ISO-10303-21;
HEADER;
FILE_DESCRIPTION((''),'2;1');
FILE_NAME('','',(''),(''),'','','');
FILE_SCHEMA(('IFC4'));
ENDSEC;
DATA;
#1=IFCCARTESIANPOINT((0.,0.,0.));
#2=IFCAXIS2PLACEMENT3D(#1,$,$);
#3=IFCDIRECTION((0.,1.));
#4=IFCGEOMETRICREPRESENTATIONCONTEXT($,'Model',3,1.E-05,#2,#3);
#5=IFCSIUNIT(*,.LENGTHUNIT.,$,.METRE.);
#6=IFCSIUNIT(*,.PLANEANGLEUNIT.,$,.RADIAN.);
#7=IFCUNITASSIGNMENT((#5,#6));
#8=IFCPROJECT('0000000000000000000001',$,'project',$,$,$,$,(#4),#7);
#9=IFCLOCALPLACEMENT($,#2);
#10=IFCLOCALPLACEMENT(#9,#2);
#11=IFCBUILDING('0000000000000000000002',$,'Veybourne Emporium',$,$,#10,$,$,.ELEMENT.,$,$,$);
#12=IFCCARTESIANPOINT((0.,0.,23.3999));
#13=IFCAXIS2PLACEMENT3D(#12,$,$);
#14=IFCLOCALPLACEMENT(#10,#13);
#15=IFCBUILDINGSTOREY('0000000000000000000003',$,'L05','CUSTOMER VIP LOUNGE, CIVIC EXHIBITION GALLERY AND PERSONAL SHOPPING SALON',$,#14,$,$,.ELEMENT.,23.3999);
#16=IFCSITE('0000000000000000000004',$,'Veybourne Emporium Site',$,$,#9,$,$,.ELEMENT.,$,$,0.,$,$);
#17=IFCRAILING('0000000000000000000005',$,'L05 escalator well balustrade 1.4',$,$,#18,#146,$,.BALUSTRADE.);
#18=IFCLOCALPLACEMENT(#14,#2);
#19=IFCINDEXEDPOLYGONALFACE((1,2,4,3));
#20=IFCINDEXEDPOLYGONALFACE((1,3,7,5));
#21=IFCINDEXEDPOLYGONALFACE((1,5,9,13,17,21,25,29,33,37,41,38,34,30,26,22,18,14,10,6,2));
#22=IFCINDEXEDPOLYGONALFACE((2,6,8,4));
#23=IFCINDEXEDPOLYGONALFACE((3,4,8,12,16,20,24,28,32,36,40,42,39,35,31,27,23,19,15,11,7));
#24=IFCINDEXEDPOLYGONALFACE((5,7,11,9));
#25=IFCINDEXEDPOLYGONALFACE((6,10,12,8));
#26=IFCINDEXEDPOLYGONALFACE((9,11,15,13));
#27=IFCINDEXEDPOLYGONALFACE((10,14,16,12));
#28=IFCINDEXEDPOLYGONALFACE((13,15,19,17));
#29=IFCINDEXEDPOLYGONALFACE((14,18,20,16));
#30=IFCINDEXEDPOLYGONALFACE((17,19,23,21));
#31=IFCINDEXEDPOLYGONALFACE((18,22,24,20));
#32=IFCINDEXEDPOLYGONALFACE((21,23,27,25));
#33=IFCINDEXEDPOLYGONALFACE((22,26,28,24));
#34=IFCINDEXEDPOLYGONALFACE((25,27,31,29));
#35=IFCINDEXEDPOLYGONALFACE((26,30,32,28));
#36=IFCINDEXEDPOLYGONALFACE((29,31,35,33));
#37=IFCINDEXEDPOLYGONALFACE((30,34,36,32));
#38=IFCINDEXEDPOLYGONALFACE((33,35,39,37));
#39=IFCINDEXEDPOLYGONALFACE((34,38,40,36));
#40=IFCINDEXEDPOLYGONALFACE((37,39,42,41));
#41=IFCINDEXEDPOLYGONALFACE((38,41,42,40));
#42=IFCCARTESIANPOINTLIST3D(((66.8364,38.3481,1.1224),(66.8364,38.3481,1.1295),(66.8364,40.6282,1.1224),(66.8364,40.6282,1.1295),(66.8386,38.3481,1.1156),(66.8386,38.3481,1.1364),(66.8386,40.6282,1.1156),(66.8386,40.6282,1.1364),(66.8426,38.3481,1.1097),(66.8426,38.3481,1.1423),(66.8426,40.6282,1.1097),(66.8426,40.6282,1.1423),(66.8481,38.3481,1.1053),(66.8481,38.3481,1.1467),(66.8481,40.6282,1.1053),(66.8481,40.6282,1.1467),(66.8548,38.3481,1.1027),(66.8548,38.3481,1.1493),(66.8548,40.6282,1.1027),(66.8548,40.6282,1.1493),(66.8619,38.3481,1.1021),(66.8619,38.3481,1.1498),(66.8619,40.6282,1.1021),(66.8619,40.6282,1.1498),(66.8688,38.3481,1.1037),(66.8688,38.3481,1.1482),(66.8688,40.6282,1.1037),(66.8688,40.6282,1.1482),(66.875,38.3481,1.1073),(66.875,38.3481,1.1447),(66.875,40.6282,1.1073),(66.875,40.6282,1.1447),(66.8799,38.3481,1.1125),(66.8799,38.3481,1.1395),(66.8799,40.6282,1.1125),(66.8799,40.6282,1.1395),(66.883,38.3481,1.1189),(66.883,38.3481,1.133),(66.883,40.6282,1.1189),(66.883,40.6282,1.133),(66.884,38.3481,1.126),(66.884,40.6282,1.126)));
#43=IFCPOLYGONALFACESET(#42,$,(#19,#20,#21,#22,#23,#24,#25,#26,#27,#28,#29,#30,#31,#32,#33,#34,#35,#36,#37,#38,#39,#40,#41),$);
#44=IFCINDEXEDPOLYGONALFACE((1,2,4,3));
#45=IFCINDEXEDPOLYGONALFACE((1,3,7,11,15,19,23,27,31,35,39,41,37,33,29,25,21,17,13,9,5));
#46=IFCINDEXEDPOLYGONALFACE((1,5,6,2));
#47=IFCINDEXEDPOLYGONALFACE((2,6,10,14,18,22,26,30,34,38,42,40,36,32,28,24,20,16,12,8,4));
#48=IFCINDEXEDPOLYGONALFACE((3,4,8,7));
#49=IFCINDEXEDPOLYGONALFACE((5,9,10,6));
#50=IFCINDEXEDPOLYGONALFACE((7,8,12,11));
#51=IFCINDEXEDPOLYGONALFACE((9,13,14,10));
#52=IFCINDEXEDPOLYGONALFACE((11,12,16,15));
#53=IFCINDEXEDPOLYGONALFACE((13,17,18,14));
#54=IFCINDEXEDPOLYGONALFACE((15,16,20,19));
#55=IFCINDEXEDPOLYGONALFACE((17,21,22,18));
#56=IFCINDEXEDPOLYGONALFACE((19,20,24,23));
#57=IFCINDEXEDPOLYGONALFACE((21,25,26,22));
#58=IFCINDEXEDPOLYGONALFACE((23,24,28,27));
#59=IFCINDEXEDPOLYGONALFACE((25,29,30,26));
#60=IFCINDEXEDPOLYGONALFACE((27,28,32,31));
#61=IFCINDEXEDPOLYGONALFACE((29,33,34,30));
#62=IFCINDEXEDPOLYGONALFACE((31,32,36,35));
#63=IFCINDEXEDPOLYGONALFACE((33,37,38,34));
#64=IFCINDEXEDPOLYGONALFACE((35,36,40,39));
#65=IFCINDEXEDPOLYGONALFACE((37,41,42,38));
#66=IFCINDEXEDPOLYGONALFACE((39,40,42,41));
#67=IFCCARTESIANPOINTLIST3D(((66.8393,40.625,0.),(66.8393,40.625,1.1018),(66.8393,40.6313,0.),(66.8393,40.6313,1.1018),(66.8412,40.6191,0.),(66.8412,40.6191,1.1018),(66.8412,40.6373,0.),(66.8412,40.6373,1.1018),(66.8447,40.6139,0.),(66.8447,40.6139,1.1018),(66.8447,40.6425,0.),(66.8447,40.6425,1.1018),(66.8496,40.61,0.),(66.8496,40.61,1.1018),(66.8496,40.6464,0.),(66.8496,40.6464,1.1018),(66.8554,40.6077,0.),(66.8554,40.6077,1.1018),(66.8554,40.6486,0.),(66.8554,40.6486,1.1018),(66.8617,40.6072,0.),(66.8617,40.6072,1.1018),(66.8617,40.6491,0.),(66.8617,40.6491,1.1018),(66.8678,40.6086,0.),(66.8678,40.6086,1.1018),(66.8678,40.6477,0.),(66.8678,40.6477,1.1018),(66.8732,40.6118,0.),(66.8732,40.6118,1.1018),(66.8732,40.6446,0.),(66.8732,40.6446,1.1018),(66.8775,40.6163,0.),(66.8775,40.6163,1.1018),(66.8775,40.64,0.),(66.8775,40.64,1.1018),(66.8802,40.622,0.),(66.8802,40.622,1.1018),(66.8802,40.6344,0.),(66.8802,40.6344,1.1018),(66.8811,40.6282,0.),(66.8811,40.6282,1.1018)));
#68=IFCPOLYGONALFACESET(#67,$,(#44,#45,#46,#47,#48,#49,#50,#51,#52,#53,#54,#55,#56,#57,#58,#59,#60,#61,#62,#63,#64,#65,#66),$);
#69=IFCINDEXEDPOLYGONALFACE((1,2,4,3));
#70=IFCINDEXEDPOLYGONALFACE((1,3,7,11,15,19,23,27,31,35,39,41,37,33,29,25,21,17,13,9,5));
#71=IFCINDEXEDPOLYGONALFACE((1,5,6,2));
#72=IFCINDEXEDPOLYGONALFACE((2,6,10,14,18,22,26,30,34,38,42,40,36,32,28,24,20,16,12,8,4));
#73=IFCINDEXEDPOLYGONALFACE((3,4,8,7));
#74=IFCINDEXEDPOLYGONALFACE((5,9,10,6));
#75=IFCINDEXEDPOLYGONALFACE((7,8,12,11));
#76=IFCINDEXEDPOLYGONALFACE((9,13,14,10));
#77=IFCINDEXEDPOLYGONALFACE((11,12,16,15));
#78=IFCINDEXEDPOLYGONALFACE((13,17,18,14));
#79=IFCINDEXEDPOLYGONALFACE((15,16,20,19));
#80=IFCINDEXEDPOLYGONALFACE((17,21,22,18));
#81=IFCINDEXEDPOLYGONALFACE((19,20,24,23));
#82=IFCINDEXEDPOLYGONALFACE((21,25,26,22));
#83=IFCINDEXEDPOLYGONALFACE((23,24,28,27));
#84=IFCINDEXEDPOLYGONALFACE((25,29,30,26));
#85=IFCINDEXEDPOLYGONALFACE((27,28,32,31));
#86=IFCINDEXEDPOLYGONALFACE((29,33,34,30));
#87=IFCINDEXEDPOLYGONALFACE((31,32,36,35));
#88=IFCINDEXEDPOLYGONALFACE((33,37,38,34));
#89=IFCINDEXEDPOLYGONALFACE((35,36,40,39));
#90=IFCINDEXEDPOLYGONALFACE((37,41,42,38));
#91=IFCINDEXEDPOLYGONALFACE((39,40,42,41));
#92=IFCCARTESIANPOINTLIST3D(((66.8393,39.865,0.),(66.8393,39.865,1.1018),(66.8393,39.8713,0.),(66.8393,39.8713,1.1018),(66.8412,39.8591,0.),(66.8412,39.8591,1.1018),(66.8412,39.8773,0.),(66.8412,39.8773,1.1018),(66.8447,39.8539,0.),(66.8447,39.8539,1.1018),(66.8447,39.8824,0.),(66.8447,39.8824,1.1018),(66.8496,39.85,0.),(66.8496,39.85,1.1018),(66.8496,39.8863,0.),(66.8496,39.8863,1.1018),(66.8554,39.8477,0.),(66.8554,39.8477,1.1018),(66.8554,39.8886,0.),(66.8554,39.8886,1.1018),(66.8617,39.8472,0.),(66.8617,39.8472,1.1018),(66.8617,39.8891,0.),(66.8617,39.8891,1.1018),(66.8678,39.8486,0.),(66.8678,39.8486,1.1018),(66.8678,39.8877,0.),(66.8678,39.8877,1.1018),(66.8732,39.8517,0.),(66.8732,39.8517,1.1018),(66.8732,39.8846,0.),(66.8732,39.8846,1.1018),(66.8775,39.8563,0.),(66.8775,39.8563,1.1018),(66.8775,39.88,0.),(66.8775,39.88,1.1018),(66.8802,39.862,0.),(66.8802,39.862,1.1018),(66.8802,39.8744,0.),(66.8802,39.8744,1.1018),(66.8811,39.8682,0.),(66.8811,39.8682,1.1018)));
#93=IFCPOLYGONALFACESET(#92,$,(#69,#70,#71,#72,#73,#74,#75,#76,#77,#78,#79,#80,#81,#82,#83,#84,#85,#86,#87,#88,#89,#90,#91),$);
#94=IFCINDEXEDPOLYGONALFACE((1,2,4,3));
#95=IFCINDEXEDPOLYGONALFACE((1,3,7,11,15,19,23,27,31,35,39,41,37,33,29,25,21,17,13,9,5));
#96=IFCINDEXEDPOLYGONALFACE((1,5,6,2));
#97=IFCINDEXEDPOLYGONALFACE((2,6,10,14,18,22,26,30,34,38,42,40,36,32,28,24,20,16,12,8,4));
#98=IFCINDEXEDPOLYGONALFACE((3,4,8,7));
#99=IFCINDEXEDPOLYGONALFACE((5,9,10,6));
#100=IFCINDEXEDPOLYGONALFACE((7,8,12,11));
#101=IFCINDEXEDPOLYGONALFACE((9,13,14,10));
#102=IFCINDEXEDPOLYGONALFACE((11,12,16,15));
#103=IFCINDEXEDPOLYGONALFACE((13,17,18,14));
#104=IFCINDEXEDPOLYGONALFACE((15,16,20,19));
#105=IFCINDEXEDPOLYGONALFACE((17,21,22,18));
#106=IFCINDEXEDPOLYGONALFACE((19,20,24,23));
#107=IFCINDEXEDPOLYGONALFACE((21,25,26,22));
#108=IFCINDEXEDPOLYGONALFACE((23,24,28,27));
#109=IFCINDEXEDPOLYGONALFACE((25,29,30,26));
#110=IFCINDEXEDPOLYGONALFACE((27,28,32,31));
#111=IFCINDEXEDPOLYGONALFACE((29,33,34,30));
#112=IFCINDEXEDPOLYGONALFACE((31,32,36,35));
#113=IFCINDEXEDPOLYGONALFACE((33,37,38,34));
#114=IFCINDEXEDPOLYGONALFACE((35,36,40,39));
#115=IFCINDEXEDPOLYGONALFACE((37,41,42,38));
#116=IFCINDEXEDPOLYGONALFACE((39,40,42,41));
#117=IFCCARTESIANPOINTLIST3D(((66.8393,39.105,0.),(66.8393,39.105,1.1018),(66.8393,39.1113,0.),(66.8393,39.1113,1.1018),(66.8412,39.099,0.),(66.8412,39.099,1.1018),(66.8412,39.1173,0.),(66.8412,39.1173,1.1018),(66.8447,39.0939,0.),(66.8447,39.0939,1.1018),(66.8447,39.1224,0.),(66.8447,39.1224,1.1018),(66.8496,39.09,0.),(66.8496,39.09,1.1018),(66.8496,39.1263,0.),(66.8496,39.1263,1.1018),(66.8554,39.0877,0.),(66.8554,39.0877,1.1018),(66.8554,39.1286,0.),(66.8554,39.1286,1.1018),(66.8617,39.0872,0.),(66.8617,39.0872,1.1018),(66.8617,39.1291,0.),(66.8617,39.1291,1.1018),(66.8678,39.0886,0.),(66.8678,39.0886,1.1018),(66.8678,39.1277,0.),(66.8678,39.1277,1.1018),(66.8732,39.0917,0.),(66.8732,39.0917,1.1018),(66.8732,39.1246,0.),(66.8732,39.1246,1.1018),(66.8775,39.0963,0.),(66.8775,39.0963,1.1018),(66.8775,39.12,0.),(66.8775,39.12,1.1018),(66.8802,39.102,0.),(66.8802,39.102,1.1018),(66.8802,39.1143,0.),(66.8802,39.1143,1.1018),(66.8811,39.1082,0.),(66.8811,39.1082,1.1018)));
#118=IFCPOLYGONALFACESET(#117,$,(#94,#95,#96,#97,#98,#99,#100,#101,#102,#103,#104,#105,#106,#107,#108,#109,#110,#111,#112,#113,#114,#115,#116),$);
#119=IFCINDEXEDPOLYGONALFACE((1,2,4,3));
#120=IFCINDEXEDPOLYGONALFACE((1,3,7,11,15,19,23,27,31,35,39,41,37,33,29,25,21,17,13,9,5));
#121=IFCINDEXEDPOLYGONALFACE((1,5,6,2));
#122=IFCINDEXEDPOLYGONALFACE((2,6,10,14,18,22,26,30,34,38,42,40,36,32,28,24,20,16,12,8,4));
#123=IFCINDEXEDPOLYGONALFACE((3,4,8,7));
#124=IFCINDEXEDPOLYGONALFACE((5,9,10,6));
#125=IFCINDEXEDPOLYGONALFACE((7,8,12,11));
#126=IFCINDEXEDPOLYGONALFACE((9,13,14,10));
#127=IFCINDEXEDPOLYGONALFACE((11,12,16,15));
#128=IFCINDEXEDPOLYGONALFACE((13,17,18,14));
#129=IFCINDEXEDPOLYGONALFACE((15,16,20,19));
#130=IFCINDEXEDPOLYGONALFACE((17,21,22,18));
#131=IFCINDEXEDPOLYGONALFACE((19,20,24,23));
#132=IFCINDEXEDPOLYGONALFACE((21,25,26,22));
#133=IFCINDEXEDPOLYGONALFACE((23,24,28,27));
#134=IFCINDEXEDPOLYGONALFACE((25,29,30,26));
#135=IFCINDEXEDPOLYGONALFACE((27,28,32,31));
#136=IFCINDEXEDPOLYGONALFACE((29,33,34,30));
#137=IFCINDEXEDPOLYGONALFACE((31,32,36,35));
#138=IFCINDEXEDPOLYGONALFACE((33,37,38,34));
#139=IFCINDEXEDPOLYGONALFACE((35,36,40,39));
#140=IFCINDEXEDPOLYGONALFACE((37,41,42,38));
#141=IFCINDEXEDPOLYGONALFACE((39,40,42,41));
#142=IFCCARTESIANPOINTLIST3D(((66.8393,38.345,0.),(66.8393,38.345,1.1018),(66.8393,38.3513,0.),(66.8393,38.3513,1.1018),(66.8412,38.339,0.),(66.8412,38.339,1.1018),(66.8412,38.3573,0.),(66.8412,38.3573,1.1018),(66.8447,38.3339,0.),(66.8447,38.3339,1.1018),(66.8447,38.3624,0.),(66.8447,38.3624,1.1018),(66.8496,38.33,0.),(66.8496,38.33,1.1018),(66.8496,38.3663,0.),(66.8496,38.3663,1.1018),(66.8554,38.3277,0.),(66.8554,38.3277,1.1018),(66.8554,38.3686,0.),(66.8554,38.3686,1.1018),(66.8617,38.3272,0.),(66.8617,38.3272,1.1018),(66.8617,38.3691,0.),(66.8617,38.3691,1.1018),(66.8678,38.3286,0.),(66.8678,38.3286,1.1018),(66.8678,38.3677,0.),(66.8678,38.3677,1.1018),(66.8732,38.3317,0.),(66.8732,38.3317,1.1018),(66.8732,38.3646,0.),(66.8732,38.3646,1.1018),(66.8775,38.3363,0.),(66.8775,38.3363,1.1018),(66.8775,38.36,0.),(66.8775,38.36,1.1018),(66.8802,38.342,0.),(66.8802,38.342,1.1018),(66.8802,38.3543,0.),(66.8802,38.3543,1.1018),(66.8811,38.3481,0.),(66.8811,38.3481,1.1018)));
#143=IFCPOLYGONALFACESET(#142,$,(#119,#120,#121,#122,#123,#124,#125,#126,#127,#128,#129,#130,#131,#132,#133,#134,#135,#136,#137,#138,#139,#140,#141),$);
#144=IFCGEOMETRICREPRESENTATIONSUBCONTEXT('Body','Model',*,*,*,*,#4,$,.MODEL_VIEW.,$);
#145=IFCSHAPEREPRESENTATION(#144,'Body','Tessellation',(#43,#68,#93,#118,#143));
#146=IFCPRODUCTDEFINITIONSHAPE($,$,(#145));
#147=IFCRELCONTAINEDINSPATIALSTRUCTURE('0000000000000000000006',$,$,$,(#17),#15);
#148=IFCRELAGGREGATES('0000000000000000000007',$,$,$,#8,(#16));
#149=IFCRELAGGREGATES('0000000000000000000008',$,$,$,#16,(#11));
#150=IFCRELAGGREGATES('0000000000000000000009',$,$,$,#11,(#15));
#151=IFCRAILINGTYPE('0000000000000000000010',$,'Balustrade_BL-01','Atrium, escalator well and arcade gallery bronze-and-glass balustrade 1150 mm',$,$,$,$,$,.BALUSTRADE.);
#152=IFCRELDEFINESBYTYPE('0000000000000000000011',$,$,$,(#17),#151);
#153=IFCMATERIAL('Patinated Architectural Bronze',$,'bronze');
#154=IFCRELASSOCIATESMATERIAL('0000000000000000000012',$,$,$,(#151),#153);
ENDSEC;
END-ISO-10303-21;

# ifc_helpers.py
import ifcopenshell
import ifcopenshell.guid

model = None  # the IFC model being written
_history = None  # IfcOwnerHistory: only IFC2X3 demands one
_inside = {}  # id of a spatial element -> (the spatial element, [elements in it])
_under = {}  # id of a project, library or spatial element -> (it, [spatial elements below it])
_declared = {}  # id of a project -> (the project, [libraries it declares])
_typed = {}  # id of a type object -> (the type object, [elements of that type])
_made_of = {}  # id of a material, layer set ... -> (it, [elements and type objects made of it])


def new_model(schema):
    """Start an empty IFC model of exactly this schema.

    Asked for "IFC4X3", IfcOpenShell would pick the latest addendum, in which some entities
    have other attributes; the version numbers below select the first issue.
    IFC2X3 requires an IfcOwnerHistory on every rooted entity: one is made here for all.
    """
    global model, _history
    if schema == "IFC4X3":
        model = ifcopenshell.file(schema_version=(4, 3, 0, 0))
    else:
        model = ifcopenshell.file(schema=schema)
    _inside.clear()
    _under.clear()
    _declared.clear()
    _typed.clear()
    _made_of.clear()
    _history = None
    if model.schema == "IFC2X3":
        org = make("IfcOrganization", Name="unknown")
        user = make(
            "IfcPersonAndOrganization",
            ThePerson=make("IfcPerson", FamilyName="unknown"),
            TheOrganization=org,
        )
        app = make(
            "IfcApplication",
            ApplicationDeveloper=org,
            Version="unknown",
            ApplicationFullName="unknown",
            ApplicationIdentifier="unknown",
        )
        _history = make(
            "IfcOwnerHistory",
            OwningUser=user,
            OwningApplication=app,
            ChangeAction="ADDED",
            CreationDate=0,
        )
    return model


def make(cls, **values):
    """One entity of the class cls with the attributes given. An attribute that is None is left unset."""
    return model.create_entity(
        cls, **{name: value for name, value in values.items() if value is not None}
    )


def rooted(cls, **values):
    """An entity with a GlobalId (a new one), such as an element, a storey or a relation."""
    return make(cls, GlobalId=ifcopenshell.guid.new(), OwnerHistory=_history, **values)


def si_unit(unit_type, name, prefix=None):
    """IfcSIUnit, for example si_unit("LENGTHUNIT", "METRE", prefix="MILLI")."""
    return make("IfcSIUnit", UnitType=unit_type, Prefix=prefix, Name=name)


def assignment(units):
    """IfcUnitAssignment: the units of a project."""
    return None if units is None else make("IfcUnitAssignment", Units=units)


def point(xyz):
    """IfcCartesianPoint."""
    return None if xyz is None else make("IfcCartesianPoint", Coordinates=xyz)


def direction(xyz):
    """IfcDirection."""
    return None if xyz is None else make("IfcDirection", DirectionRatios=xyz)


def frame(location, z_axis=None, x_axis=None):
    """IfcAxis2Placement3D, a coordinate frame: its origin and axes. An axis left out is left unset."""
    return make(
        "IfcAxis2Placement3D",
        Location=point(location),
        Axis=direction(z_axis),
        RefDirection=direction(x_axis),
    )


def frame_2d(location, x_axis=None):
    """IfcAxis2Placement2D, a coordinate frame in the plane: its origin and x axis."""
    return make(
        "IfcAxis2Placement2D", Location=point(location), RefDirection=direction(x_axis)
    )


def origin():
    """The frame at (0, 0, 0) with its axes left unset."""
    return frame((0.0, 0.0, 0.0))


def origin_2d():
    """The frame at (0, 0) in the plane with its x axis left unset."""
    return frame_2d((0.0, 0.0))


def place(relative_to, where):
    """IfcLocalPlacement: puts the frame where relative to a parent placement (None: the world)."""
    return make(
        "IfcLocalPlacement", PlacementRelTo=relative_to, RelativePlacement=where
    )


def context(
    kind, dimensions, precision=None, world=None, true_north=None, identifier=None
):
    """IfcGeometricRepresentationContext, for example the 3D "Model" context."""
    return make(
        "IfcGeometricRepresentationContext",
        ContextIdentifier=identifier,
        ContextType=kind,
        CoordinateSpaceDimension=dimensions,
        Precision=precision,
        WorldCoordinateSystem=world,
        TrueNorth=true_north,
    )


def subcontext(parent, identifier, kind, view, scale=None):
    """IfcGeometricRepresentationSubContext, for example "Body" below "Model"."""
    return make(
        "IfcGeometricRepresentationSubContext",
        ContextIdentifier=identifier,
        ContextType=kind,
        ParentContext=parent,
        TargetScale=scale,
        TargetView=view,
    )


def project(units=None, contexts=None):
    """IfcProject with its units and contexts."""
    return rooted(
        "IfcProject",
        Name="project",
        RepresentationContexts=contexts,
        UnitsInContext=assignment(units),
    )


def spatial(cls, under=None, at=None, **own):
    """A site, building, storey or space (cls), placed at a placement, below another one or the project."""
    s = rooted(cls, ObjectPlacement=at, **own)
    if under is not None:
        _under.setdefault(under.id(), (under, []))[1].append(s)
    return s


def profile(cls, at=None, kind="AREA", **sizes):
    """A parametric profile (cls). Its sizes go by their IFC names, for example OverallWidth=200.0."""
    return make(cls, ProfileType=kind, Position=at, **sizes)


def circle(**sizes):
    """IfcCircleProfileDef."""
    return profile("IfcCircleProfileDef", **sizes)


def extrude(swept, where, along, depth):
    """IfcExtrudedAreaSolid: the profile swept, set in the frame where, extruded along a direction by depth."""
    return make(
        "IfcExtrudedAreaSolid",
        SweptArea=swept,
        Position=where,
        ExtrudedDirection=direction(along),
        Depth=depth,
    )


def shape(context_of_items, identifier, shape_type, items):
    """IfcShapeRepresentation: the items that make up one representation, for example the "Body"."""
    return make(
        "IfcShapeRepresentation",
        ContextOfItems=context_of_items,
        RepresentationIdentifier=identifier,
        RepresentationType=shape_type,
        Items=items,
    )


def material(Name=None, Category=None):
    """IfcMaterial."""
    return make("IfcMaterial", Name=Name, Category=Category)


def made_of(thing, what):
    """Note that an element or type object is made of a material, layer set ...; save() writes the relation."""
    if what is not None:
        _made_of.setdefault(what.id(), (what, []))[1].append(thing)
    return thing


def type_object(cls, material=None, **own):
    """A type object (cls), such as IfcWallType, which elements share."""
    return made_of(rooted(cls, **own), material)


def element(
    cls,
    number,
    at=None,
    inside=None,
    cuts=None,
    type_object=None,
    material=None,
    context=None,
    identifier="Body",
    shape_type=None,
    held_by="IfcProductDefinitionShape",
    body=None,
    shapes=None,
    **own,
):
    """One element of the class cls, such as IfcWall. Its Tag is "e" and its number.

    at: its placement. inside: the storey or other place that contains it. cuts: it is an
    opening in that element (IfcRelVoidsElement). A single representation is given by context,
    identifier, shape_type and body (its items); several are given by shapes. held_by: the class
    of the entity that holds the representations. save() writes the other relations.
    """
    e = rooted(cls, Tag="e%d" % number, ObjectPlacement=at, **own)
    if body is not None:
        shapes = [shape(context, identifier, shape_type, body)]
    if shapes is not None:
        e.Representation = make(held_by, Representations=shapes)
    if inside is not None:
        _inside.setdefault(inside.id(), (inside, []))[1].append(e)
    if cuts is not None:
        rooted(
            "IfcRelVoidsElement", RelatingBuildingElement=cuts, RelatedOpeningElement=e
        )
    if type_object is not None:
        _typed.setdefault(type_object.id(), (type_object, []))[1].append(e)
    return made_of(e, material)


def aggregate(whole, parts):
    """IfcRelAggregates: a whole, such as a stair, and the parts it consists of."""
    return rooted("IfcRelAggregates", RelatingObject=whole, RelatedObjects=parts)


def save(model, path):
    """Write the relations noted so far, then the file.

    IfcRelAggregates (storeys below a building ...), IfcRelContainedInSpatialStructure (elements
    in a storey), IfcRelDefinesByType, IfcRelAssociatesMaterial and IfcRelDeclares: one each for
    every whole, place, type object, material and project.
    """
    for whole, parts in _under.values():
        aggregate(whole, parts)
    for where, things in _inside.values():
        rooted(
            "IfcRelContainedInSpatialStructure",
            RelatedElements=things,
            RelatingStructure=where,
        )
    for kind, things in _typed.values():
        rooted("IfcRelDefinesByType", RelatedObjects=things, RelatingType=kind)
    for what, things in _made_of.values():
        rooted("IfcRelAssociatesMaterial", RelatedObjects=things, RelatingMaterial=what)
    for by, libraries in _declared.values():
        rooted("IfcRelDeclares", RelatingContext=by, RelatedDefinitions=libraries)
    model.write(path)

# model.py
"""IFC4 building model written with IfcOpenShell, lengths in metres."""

from ifc_helpers import new_model, si_unit, direction, frame, origin, origin_2d, place, context, subcontext, project, spatial, circle, extrude, material, type_object, element, save


model = new_model("IFC4")

# Units and contexts
model_context = context("Model", 3, precision=1e-05, world=origin(), true_north=direction((0.0, 1.0)))
body_context = subcontext(model_context, "Body", "Model", "MODEL_VIEW")
ifc_project = project(units=[si_unit("LENGTHUNIT", "METRE"), si_unit("PLANEANGLEUNIT", "RADIAN")], contexts=[model_context])

# Site, building, storey
site_placement = place(None, origin())
site = spatial("IfcSite", under=ifc_project, at=site_placement, Name="Veybourne Emporium Site", CompositionType="ELEMENT", RefElevation=0.0)
building_placement = place(site_placement, origin())
building = spatial("IfcBuilding", under=site, at=building_placement, Name="Veybourne Emporium", CompositionType="ELEMENT")
storey_placement = place(building_placement, frame((0.0, 0.0, 23.3999)))
storey = spatial("IfcBuildingStorey", under=building, at=storey_placement, Name="L05", Description="CUSTOMER VIP LOUNGE, CIVIC EXHIBITION GALLERY AND PERSONAL SHOPPING SALON", CompositionType="ELEMENT", Elevation=23.3999)

# Railing
ifc_material_1 = material(Name="Patinated Architectural Bronze", Category="bronze")
railing_type = type_object("IfcRailingType", Name="Balustrade_BL-01", Description="Atrium, escalator well and arcade gallery bronze-and-glass balustrade 1150 mm", PredefinedType="BALUSTRADE", material=ifc_material_1)
railing_1_placement = place(storey_placement, frame((66.8601, 40.6282, 0.0)))
element("IfcRailing", 1, at=railing_1_placement, inside=storey, type_object=railing_type, Name="L05 escalator well balustrade 1.4", PredefinedType="BALUSTRADE", context=body_context, shape_type="SweptSolid", body=[
    extrude(circle(Radius=0.0239, at=origin_2d()), frame((0.0, 0.0, 1.126), z_axis=(0.0, -1.0, 0.0), x_axis=(1.0, 0.0, 0.0)), (0.0, 0.0, 1.0), 2.28),
    extrude(circle(Radius=0.021, at=origin_2d()), origin(), (0.0, 0.0, 1.0), 1.1018),
    extrude(circle(Radius=0.021, at=origin_2d()), frame((0.0, -0.76, 0.0)), (0.0, 0.0, 1.0), 1.1018),
    extrude(circle(Radius=0.021, at=origin_2d()), frame((0.0, -1.52, 0.0)), (0.0, 0.0, 1.0), 1.1018),
    extrude(circle(Radius=0.021, at=origin_2d()), frame((0.0, -2.28, 0.0)), (0.0, 0.0, 1.0), 1.1018),
])

save(model, "model.ifc")
